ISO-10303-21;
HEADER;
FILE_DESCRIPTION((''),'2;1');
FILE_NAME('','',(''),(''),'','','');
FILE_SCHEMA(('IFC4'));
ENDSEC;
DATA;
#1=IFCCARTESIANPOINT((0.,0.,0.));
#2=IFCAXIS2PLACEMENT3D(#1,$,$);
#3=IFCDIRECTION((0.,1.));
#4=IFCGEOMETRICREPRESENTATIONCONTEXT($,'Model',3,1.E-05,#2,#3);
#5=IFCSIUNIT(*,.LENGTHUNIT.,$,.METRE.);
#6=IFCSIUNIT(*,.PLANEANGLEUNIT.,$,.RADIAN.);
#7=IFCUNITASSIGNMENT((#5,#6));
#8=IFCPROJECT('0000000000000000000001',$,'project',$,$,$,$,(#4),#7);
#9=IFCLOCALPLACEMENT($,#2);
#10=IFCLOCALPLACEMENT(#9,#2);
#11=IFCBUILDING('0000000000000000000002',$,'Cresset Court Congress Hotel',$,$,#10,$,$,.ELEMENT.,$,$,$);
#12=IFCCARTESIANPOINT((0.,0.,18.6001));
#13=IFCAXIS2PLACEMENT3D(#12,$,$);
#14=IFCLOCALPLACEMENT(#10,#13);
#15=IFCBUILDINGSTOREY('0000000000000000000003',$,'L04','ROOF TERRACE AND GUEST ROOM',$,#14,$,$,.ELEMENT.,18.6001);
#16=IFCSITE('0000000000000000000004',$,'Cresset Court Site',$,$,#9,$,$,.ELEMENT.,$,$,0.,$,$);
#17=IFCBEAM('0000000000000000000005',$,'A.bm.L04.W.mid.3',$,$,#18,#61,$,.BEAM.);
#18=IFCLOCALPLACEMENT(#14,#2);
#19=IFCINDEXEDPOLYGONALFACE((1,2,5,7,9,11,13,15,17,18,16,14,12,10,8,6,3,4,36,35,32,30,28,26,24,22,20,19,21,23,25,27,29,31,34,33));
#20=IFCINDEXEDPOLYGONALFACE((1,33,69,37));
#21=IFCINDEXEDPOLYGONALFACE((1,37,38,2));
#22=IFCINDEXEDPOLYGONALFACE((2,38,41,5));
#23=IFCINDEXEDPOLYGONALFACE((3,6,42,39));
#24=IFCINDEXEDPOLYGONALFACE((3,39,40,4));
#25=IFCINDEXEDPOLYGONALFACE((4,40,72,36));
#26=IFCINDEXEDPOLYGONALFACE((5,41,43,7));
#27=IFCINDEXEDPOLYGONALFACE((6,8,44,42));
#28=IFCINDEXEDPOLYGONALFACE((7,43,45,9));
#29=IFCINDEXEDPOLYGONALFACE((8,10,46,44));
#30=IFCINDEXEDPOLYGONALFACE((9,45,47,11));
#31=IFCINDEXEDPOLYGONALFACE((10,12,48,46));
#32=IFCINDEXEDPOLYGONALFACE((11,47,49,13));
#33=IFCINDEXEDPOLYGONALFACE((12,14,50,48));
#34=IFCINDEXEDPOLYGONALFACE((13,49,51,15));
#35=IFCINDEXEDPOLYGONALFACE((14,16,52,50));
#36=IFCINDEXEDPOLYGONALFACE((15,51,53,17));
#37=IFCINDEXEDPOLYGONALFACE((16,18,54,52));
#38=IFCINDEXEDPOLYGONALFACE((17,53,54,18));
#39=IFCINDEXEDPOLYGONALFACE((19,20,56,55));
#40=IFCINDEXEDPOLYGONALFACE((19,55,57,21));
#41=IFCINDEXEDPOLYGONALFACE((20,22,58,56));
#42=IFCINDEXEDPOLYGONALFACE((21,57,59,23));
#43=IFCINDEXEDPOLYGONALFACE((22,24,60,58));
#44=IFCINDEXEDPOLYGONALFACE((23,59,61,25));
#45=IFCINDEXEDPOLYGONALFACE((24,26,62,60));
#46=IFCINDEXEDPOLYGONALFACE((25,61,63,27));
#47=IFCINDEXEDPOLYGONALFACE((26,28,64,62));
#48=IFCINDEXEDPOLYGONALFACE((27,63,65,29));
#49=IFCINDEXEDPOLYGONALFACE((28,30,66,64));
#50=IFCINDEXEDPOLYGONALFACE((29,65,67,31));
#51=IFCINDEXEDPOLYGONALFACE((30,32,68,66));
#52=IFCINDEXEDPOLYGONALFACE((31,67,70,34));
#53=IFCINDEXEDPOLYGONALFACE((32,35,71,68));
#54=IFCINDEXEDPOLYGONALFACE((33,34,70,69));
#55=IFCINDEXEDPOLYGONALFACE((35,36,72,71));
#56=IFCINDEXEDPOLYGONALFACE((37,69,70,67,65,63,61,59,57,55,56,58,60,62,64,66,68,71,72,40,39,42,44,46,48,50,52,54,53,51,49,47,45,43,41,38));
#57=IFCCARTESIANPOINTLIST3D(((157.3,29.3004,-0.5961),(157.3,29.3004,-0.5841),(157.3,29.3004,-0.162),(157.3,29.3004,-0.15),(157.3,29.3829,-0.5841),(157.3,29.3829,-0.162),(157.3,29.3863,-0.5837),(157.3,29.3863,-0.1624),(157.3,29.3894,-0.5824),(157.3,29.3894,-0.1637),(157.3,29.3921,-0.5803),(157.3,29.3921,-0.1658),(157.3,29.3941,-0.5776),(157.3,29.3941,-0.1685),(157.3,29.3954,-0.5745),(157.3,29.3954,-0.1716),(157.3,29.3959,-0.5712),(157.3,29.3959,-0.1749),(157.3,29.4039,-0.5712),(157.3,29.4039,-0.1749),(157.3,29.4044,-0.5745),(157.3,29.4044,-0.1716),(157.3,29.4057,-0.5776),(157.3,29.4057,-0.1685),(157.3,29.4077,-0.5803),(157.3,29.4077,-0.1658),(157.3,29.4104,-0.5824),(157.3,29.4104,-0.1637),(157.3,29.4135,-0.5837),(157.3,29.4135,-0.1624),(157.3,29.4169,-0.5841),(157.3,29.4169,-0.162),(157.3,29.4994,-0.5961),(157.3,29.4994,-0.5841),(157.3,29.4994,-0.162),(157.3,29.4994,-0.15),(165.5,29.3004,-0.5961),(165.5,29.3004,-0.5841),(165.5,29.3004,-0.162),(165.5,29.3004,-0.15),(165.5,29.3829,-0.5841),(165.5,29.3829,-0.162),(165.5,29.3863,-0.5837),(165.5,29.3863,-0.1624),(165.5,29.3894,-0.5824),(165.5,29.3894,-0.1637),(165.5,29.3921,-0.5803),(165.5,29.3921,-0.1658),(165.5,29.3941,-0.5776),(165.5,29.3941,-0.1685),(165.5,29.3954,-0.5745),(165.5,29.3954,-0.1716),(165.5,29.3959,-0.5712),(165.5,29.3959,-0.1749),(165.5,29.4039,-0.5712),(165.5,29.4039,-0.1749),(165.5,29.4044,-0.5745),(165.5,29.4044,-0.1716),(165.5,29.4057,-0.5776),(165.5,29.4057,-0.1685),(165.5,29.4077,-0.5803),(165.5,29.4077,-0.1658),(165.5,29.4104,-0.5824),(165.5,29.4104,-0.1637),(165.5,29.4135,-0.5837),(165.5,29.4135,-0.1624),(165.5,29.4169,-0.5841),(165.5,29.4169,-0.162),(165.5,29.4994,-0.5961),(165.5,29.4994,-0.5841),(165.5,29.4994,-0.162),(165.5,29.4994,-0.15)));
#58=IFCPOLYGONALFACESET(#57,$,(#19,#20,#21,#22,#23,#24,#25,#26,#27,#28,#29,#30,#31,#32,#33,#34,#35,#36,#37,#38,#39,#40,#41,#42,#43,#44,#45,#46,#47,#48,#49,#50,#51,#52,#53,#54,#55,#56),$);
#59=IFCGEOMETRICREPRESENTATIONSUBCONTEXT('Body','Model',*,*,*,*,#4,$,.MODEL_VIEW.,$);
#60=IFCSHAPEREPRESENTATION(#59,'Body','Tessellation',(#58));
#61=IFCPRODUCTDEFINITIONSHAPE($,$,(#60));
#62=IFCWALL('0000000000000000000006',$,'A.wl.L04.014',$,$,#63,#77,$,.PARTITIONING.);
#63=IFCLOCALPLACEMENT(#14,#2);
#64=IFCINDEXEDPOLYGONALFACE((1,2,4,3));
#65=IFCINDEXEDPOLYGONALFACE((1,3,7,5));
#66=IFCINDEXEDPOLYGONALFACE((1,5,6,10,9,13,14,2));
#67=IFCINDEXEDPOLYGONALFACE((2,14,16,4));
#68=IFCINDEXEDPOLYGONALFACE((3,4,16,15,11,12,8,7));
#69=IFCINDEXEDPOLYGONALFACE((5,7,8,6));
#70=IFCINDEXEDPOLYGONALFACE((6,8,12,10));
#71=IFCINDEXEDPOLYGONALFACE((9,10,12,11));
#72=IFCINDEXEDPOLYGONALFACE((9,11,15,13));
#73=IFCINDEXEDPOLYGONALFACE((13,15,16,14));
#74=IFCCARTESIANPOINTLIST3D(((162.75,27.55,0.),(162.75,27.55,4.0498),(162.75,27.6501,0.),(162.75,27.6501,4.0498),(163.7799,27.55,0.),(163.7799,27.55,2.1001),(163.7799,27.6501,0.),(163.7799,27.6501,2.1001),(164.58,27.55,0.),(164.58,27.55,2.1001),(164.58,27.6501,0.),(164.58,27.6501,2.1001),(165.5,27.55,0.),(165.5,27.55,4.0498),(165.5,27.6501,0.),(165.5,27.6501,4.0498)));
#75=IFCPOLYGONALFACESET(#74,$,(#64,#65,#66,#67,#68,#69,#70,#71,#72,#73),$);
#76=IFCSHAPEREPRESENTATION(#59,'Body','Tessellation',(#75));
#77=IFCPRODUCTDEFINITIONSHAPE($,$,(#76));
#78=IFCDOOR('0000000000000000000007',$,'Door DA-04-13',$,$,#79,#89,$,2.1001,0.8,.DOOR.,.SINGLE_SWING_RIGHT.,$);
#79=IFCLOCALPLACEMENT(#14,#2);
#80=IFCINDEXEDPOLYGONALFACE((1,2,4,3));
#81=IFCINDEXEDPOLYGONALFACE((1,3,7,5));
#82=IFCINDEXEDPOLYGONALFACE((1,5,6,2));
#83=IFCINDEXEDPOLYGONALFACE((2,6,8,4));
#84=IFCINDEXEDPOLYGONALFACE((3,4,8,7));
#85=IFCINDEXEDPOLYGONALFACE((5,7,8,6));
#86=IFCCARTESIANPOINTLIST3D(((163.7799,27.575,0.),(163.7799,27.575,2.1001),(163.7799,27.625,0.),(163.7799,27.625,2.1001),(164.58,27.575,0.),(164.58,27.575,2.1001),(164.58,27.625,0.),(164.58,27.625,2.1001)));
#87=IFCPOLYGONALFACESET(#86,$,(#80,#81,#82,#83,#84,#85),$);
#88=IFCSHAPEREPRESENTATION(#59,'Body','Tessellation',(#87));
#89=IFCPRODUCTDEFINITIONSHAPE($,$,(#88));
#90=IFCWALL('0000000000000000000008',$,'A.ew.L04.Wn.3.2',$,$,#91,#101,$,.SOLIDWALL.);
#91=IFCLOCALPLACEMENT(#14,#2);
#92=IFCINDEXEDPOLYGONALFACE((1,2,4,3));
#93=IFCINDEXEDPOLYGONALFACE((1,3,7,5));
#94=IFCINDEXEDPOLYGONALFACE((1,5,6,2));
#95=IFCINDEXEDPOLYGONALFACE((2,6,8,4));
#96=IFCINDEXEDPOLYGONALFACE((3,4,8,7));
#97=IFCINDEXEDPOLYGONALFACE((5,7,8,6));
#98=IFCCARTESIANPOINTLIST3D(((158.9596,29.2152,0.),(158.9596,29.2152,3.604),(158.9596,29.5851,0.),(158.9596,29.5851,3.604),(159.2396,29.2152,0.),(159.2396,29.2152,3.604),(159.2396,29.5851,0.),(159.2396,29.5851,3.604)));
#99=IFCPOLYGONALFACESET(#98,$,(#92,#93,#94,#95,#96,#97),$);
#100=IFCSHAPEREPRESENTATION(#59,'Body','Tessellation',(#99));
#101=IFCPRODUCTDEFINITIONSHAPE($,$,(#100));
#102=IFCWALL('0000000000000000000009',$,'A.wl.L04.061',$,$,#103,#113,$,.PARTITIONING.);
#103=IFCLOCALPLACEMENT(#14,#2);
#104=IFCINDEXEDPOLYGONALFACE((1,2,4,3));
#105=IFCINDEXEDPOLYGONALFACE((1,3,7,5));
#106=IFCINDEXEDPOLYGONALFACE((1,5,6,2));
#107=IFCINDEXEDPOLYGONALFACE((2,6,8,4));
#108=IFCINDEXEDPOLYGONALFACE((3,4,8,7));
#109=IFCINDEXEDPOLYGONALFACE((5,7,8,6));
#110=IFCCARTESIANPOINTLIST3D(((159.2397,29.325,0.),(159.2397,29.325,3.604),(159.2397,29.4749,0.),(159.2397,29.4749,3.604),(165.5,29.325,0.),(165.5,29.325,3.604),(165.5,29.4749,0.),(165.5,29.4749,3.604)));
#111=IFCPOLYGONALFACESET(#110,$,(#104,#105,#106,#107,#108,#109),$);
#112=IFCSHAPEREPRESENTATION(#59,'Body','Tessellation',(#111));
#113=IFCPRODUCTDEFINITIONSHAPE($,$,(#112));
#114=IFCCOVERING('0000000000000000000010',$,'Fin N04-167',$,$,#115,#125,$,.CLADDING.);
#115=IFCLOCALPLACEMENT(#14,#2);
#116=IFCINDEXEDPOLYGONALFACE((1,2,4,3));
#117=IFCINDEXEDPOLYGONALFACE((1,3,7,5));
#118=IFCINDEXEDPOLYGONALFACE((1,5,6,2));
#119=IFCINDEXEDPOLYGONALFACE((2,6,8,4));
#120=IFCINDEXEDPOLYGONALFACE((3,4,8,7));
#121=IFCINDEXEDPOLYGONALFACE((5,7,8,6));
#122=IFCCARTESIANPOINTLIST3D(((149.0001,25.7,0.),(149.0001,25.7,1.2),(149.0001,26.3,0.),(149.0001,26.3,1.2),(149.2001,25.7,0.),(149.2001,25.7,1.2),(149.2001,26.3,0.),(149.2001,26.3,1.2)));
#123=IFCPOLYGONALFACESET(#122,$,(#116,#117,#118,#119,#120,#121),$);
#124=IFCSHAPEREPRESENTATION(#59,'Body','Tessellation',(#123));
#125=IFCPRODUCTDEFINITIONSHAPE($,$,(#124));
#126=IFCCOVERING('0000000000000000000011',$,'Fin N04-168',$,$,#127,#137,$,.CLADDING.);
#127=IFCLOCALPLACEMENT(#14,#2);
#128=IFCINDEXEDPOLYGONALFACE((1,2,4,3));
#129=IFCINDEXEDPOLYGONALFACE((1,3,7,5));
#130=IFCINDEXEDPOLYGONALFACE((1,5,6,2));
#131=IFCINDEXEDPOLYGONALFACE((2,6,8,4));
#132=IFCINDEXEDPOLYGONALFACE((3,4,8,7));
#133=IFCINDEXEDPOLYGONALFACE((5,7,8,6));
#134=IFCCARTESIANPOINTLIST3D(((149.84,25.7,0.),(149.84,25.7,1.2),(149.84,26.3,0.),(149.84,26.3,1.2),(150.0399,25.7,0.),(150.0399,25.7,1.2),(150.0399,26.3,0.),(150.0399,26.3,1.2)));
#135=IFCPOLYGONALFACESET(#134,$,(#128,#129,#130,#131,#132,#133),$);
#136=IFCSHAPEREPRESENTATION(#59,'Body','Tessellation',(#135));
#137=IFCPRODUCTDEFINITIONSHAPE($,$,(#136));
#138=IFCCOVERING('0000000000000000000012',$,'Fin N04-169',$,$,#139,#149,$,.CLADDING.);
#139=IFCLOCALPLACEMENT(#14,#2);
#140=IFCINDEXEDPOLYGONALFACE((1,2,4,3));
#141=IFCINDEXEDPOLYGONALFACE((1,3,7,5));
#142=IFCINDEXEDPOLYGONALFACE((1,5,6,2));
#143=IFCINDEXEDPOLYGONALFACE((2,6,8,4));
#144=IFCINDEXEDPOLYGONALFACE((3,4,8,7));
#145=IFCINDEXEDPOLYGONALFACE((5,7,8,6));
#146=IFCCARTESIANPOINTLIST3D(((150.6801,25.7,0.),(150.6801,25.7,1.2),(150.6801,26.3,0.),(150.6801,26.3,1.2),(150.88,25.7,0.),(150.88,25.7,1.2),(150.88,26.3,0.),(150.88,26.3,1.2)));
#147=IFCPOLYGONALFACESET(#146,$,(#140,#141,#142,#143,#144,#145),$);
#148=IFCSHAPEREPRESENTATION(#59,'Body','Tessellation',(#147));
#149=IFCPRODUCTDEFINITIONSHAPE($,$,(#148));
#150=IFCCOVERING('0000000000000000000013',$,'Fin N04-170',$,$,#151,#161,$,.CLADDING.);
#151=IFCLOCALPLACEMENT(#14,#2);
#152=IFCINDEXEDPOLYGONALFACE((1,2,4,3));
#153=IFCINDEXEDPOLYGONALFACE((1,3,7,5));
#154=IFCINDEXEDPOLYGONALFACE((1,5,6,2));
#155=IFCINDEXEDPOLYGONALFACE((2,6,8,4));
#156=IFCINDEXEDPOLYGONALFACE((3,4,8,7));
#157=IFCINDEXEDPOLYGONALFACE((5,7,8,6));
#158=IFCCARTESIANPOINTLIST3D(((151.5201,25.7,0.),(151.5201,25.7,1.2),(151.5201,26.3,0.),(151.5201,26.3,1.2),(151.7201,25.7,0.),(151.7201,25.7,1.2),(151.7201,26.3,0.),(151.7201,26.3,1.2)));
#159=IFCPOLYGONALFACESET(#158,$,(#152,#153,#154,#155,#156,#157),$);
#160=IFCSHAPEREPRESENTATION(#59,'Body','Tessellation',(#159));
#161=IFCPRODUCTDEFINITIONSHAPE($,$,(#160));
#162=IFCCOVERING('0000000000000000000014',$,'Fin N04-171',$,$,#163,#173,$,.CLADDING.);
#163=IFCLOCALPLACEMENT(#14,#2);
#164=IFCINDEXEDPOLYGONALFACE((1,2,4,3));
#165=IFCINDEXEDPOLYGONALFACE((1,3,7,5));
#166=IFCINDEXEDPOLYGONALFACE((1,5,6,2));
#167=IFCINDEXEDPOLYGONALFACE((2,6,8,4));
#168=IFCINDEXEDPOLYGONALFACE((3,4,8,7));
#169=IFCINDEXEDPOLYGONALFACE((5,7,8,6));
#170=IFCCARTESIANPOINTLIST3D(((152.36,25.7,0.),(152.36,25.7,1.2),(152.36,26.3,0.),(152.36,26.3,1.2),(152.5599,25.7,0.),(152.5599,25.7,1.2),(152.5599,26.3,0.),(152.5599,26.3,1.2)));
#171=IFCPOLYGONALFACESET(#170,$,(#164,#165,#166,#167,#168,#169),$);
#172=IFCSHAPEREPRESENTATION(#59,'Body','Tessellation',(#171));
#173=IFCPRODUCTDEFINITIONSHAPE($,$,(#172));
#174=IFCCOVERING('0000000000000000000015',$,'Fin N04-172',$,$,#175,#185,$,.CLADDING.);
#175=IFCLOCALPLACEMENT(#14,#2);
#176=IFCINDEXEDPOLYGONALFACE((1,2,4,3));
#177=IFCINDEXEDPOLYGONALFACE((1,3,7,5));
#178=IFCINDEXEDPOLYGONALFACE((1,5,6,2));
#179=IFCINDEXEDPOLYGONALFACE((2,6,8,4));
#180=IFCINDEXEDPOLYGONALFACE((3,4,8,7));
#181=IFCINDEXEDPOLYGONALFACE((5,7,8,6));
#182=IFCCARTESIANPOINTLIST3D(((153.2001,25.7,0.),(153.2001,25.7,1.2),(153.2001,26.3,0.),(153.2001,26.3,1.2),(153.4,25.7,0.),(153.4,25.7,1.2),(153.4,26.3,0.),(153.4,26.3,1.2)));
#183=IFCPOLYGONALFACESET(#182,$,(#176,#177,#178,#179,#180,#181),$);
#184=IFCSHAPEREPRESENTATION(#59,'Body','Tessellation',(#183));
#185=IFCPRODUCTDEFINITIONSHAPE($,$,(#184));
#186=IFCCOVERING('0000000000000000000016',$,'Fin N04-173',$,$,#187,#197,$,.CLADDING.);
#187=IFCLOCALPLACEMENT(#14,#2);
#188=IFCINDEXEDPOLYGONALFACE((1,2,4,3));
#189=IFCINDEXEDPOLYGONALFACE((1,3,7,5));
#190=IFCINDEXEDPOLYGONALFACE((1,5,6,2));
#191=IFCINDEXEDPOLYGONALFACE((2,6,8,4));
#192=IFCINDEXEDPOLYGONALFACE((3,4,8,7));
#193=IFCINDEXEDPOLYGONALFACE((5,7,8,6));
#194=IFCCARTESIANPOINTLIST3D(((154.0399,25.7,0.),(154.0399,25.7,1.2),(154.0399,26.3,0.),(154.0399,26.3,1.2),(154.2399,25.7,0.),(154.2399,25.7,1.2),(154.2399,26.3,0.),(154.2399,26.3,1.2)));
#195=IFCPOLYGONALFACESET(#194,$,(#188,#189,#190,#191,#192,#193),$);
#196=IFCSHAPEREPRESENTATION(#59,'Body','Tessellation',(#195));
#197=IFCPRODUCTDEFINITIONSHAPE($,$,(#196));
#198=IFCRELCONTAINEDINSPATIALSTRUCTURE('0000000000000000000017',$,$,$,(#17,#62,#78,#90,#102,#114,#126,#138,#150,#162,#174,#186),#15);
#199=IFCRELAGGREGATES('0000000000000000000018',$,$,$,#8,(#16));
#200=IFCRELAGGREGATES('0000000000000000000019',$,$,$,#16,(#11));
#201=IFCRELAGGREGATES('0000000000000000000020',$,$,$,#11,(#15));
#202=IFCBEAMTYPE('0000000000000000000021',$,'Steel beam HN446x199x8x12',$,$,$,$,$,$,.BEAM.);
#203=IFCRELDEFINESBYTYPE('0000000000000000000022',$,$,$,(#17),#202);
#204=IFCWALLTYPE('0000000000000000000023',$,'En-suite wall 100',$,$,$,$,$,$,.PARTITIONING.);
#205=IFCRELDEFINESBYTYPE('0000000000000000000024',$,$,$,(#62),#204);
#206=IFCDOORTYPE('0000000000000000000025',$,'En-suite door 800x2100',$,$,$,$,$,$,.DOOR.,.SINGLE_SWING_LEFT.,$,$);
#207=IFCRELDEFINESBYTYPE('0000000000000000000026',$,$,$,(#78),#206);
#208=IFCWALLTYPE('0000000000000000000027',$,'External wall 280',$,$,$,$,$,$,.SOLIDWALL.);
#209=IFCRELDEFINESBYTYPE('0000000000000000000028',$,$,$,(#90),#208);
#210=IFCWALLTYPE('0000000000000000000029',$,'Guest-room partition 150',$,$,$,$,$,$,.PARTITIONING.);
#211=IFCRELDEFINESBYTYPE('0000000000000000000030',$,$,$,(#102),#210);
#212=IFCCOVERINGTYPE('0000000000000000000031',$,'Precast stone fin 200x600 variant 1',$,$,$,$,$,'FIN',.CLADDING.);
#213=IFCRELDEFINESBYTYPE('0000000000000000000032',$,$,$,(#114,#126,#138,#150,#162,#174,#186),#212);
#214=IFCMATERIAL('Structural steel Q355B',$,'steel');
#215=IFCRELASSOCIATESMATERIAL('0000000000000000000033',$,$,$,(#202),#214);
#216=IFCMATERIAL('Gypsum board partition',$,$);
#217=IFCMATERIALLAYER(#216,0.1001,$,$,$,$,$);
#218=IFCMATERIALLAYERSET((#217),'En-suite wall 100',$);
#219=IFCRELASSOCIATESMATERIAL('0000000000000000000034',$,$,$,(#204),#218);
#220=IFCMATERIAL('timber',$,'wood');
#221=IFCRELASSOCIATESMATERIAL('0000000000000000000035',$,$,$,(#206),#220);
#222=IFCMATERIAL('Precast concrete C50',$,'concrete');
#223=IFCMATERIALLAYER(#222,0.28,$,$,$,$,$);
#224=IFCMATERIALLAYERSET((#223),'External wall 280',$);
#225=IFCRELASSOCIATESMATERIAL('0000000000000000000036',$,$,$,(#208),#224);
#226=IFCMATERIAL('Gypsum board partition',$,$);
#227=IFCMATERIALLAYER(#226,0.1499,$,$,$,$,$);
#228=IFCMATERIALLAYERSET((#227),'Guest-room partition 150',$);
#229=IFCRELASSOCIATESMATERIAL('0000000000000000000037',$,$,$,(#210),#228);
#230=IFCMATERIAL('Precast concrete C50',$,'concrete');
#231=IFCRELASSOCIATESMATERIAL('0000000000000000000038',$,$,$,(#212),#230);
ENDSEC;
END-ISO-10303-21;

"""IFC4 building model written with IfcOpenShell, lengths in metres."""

from ifc_helpers import new_model, si_unit, direction, frame, frame_2d, origin, origin_2d, place, context, subcontext, project, spatial, rectangle, i_section, extrude, material, layer, layer_set, material_profile, profile_set, type_object, element, fill, save


model = new_model("IFC4")

# Units and contexts
model_context = context("Model", 3, precision=1e-05, world=origin(), true_north=direction((0.0, 1.0)))
body_context = subcontext(model_context, "Body", "Model", "MODEL_VIEW")
ifc_project = project(units=[si_unit("LENGTHUNIT", "METRE"), si_unit("PLANEANGLEUNIT", "RADIAN")], contexts=[model_context])

# Site, building, storey
site_placement = place(None, origin())
site = spatial("IfcSite", under=ifc_project, at=site_placement, Name="Cresset Court Site", CompositionType="ELEMENT", RefElevation=0.0)
building_placement = place(site_placement, origin())
building = spatial("IfcBuilding", under=site, at=building_placement, Name="Cresset Court Congress Hotel", CompositionType="ELEMENT")
storey_placement = place(building_placement, frame((0.0, 0.0, 18.6001)))
storey = spatial("IfcBuildingStorey", under=building, at=storey_placement, Name="L04", Description="ROOF TERRACE AND GUEST ROOM", CompositionType="ELEMENT", Elevation=18.6001)

# Beam
ifc_material_1 = material(Name="Structural steel Q355B", Category="steel")
ifc_material_profile = material_profile(ifc_material_1, i_section(OverallWidth=0.199, OverallDepth=0.446, WebThickness=0.0081, FlangeThickness=0.012, FilletRadius=0.0129, at=origin_2d()), Name="HN446x199x8x12")
ifc_profile_set = profile_set([ifc_material_profile], Name="Structural steel Q355B")
beam_type = type_object("IfcBeamType", Name="Steel beam HN446x199x8x12", PredefinedType="BEAM", material=ifc_profile_set)
beam_placement = place(storey_placement, frame((157.3, 29.3999, -0.373), z_axis=(1.0, 0.0, 0.0), x_axis=(0.0, 1.0, 0.0)))
element("IfcBeam", 1, at=beam_placement, inside=storey, type_object=beam_type, Name="A.bm.L04.W.mid.3", PredefinedType="BEAM", context=body_context, shape_type="SweptSolid", body=[
    extrude(i_section(OverallWidth=0.199, OverallDepth=0.446, WebThickness=0.0081, FlangeThickness=0.012, FilletRadius=0.0129, at=origin_2d()), origin(), (0.0, 0.0, 1.0), 8.2),
])

# Wall, opening, door
ifc_material_2 = material(Name="Gypsum board partition")
ifc_layer_1 = layer(ifc_material_2, 0.1001)
ifc_layer_set_1 = layer_set([ifc_layer_1], Name="En-suite wall 100")
wall_type_1 = type_object("IfcWallType", Name="En-suite wall 100", PredefinedType="PARTITIONING", material=ifc_layer_set_1)
wall_1_placement = place(storey_placement, frame((162.75, 27.6001, 0.0), z_axis=(0.0, 0.0, 1.0), x_axis=(1.0, 0.0, 0.0)))
wall_1 = element("IfcWall", 2, at=wall_1_placement, inside=storey, type_object=wall_type_1, Name="A.wl.L04.014", PredefinedType="PARTITIONING", context=body_context, shape_type="SweptSolid", body=[
    extrude(rectangle(XDim=2.75, YDim=0.1001, at=frame_2d((1.375, 0.0))), origin(), (0.0, 0.0, 1.0), 4.0498),
])
opening_placement = place(wall_1_placement, frame((1.03, 0.0, 0.0)))
opening = element("IfcOpeningElement", 3, at=opening_placement, cuts=wall_1, PredefinedType="OPENING", context=body_context, shape_type="SweptSolid", body=[
    extrude(rectangle(XDim=0.8, YDim=2.1001, at=frame_2d((0.3999, 1.05))), frame((0.0, 0.0601, 0.0), z_axis=(0.0, -1.0, 0.0), x_axis=(1.0, 0.0, 0.0)), (0.0, 0.0, 1.0), 0.1201),
])
ifc_material_3 = material(Name="timber", Category="wood")
door_type = type_object("IfcDoorType", Name="En-suite door 800x2100", OperationType="SINGLE_SWING_LEFT", PredefinedType="DOOR", material=ifc_material_3)
door_placement = place(opening_placement, origin())
door = element("IfcDoor", 4, at=door_placement, inside=storey, type_object=door_type, Name="Door DA-04-13", OperationType="SINGLE_SWING_RIGHT", OverallHeight=2.1001, OverallWidth=0.8, PredefinedType="DOOR", context=body_context, shape_type="SweptSolid", body=[
    extrude(rectangle(XDim=0.8, YDim=2.1001, at=frame_2d((0.3999, 1.05))), frame((0.0, 0.0249, 0.0), z_axis=(0.0, -1.0, 0.0), x_axis=(1.0, 0.0, 0.0)), (0.0, 0.0, 1.0), 0.05),
])
fill(opening, door)

# Walls
ifc_material_4 = material(Name="Precast concrete C50", Category="concrete")
ifc_layer_2 = layer(ifc_material_4, 0.28)
ifc_layer_set_2 = layer_set([ifc_layer_2], Name="External wall 280")
wall_type_2 = type_object("IfcWallType", Name="External wall 280", PredefinedType="SOLIDWALL", material=ifc_layer_set_2)
wall_2_placement = place(storey_placement, frame((159.0996, 29.2151, 0.0), z_axis=(0.0, 0.0, 1.0), x_axis=(0.0, 1.0, 0.0)))
element("IfcWall", 5, at=wall_2_placement, inside=storey, type_object=wall_type_2, Name="A.ew.L04.Wn.3.2", PredefinedType="SOLIDWALL", context=body_context, shape_type="SweptSolid", body=[
    extrude(rectangle(XDim=0.3699, YDim=0.28, at=frame_2d((0.1851, 0.0))), origin(), (0.0, 0.0, 1.0), 3.604),
])
ifc_material_5 = material(Name="Gypsum board partition")
ifc_layer_3 = layer(ifc_material_5, 0.1499)
ifc_layer_set_3 = layer_set([ifc_layer_3], Name="Guest-room partition 150")
wall_type_3 = type_object("IfcWallType", Name="Guest-room partition 150", PredefinedType="PARTITIONING", material=ifc_layer_set_3)
wall_3_placement = place(storey_placement, frame((159.2397, 29.3999, 0.0), z_axis=(0.0, 0.0, 1.0), x_axis=(1.0, 0.0, 0.0)))
element("IfcWall", 6, at=wall_3_placement, inside=storey, type_object=wall_type_3, Name="A.wl.L04.061", PredefinedType="PARTITIONING", context=body_context, shape_type="SweptSolid", body=[
    extrude(rectangle(XDim=6.2603, YDim=0.1499, at=frame_2d((3.1301, 0.0))), origin(), (0.0, 0.0, 1.0), 3.604),
])

# Coverings
ifc_material_6 = material(Name="Precast concrete C50", Category="concrete")
covering_type_1 = type_object("IfcCoveringType", Name="Precast stone fin 200x600 variant 1", ElementType="FIN", PredefinedType="CLADDING", material=ifc_material_6)
for number, where, z_axis, x_axis, name in (
    (7, (149.1001, 26.0, 0.0), (0.0, 0.0, 1.0), (1.0, 0.0, 0.0), "Fin N04-167"),
    (8, (149.9399, 26.0, 0.0), (0.0, 0.0, 1.0), (1.0, 0.0, 0.0), "Fin N04-168"),
    (9, (150.78, 26.0, 0.0), (0.0, 0.0, 1.0), (1.0, 0.0, 0.0), "Fin N04-169"),
    (10, (151.6201, 26.0, 0.0), (0.0, 0.0, 1.0), (1.0, 0.0, 0.0), "Fin N04-170"),
    (11, (152.46, 26.0, 0.0), (0.0, 0.0, 1.0), (1.0, 0.0, 0.0), "Fin N04-171"),
    (12, (153.3, 26.0, 0.0), (0.0, 0.0, 1.0), (1.0, 0.0, 0.0), "Fin N04-172"),
    (13, (154.1399, 26.0, 0.0), (0.0, 0.0, 1.0), (1.0, 0.0, 0.0), "Fin N04-173"),
):
    element("IfcCovering", number, at=place(storey_placement, frame(where, z_axis=z_axis, x_axis=x_axis)), inside=storey, type_object=covering_type_1, Name=name, PredefinedType="CLADDING", context=body_context, shape_type="SweptSolid", body=[
        extrude(rectangle(XDim=0.2, YDim=0.6001, at=origin_2d()), origin(), (0.0, 0.0, 1.0), 1.2),
    ])

save(model, "model.ifc")
